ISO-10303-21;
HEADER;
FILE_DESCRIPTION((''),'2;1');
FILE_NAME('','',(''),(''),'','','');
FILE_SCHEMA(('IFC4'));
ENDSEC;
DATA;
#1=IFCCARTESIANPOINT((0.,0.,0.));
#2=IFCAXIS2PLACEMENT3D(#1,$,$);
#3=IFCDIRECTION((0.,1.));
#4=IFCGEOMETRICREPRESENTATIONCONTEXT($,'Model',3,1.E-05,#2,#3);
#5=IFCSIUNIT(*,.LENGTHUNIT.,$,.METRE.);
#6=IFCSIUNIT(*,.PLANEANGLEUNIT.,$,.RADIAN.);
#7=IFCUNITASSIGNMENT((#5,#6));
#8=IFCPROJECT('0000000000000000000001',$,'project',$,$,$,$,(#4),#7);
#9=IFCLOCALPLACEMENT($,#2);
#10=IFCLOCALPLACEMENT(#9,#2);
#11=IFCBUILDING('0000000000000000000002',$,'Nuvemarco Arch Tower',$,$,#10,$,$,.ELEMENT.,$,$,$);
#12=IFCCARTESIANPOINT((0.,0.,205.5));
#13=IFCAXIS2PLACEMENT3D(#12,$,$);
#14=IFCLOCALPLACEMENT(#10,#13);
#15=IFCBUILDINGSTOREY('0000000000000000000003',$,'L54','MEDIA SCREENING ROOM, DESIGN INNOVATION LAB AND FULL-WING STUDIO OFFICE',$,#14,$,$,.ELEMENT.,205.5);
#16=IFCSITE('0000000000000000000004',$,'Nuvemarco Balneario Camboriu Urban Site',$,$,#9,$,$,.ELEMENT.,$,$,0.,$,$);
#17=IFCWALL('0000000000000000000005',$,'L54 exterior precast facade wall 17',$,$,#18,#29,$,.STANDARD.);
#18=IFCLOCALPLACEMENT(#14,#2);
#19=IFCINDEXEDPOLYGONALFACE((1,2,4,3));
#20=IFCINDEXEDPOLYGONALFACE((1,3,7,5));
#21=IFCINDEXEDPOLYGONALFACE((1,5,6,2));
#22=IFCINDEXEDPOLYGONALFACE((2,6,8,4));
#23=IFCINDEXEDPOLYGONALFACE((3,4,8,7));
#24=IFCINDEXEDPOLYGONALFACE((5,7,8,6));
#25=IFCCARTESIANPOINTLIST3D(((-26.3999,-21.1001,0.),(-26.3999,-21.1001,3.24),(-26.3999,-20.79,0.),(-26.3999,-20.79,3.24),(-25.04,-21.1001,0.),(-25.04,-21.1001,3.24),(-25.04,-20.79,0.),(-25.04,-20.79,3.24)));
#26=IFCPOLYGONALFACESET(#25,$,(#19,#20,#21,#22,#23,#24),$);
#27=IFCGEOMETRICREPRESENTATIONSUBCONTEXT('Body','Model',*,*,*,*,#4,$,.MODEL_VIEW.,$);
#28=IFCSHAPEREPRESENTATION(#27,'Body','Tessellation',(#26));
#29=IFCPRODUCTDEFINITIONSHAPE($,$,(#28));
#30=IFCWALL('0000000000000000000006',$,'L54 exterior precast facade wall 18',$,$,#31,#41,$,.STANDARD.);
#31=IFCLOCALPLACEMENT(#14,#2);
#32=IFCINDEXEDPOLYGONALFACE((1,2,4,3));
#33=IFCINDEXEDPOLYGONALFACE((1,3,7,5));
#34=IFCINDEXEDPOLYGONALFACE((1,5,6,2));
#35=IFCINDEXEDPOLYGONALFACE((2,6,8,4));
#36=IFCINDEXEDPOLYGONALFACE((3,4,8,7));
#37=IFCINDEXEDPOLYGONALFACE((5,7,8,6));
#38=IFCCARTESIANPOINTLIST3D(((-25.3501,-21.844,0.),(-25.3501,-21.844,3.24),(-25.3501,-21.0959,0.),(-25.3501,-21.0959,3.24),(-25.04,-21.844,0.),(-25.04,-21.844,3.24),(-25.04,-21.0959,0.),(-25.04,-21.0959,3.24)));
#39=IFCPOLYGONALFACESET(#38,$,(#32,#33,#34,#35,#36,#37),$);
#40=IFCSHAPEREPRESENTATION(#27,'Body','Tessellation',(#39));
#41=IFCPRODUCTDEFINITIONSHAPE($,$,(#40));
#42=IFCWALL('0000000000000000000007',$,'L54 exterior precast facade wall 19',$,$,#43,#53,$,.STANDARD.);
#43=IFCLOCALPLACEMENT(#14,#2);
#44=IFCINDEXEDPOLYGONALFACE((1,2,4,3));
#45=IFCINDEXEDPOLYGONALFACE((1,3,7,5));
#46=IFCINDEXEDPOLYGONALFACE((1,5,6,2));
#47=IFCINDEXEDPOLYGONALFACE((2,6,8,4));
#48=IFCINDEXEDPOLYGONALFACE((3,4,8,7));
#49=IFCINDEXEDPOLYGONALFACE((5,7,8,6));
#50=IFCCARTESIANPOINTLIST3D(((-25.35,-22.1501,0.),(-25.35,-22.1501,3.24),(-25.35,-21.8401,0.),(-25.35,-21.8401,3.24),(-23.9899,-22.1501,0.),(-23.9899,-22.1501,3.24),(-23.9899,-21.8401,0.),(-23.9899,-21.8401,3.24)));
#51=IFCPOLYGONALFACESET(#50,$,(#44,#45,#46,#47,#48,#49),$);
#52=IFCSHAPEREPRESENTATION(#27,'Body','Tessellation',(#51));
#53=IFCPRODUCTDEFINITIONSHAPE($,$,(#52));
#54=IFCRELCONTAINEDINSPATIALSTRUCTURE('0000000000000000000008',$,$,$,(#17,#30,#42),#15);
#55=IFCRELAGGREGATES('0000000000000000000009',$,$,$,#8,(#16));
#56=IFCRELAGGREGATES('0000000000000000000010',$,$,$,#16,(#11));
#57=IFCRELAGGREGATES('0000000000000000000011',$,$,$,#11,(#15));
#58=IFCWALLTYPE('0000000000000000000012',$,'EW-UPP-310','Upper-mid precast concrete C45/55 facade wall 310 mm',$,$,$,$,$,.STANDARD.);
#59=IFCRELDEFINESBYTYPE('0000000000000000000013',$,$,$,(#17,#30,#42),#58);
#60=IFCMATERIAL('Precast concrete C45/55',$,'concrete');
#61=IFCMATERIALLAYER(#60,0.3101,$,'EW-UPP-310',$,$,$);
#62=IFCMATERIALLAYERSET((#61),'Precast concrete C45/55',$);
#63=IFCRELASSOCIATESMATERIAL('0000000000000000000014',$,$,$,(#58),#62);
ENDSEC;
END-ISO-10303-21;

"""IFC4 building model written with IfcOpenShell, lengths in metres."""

from ifc_helpers import new_model, si_unit, direction, frame, frame_2d, origin, place, context, subcontext, project, spatial, rectangle, extrude, material, layer, layer_set, type_object, element, save


model = new_model("IFC4")

# Units and contexts
model_context = context("Model", 3, precision=1e-05, world=origin(), true_north=direction((0.0, 1.0)))
body_context = subcontext(model_context, "Body", "Model", "MODEL_VIEW")
ifc_project = project(units=[si_unit("LENGTHUNIT", "METRE"), si_unit("PLANEANGLEUNIT", "RADIAN")], contexts=[model_context])

# Site, building, storey
site_placement = place(None, origin())
site = spatial("IfcSite", under=ifc_project, at=site_placement, Name="Nuvemarco Balneario Camboriu Urban Site", CompositionType="ELEMENT", RefElevation=0.0)
building_placement = place(site_placement, origin())
building = spatial("IfcBuilding", under=site, at=building_placement, Name="Nuvemarco Arch Tower", CompositionType="ELEMENT")
storey_placement = place(building_placement, frame((0.0, 0.0, 205.5)))
storey = spatial("IfcBuildingStorey", under=building, at=storey_placement, Name="L54", Description="MEDIA SCREENING ROOM, DESIGN INNOVATION LAB AND FULL-WING STUDIO OFFICE", CompositionType="ELEMENT", Elevation=205.5)

# Shared definitions
ifc_material_1 = material(Name="Precast concrete C45/55", Category="concrete")
ifc_layer = layer(ifc_material_1, 0.3101, Name="EW-UPP-310")
ifc_layer_set = layer_set([ifc_layer], Name="Precast concrete C45/55")
wall_type = type_object("IfcWallType", Name="EW-UPP-310", Description="Upper-mid precast concrete C45/55 facade wall 310 mm", PredefinedType="STANDARD", material=ifc_layer_set)

# Walls
wall_1_placement = place(storey_placement, frame((-26.3999, -20.9451, 0.0), z_axis=(0.0, 0.0, 1.0), x_axis=(1.0, 0.0, 0.0)))
element("IfcWall", 1, at=wall_1_placement, inside=storey, type_object=wall_type, Name="L54 exterior precast facade wall 17", PredefinedType="STANDARD", context=body_context, shape_type="SweptSolid", body=[
    extrude(rectangle(XDim=1.3599, YDim=0.3101, at=frame_2d((0.6799, 0.0))), origin(), (0.0, 0.0, 1.0), 3.24),
])
wall_2_placement = place(storey_placement, frame((-25.1951, -21.844, 0.0), z_axis=(0.0, 0.0, 1.0), x_axis=(0.0, 1.0, 0.0)))
element("IfcWall", 2, at=wall_2_placement, inside=storey, type_object=wall_type, Name="L54 exterior precast facade wall 18", PredefinedType="STANDARD", context=body_context, shape_type="SweptSolid", body=[
    extrude(rectangle(XDim=0.748, YDim=0.3101, at=frame_2d((0.374, 0.0))), origin(), (0.0, 0.0, 1.0), 3.24),
])
wall_3_placement = place(storey_placement, frame((-25.3501, -21.9951, 0.0), z_axis=(0.0, 0.0, 1.0), x_axis=(1.0, 0.0, 0.0)))
element("IfcWall", 3, at=wall_3_placement, inside=storey, type_object=wall_type, Name="L54 exterior precast facade wall 19", PredefinedType="STANDARD", context=body_context, shape_type="SweptSolid", body=[
    extrude(rectangle(XDim=1.3601, YDim=0.3101, at=frame_2d((0.6802, 0.0))), origin(), (0.0, 0.0, 1.0), 3.24),
])

save(model, "model.ifc")
